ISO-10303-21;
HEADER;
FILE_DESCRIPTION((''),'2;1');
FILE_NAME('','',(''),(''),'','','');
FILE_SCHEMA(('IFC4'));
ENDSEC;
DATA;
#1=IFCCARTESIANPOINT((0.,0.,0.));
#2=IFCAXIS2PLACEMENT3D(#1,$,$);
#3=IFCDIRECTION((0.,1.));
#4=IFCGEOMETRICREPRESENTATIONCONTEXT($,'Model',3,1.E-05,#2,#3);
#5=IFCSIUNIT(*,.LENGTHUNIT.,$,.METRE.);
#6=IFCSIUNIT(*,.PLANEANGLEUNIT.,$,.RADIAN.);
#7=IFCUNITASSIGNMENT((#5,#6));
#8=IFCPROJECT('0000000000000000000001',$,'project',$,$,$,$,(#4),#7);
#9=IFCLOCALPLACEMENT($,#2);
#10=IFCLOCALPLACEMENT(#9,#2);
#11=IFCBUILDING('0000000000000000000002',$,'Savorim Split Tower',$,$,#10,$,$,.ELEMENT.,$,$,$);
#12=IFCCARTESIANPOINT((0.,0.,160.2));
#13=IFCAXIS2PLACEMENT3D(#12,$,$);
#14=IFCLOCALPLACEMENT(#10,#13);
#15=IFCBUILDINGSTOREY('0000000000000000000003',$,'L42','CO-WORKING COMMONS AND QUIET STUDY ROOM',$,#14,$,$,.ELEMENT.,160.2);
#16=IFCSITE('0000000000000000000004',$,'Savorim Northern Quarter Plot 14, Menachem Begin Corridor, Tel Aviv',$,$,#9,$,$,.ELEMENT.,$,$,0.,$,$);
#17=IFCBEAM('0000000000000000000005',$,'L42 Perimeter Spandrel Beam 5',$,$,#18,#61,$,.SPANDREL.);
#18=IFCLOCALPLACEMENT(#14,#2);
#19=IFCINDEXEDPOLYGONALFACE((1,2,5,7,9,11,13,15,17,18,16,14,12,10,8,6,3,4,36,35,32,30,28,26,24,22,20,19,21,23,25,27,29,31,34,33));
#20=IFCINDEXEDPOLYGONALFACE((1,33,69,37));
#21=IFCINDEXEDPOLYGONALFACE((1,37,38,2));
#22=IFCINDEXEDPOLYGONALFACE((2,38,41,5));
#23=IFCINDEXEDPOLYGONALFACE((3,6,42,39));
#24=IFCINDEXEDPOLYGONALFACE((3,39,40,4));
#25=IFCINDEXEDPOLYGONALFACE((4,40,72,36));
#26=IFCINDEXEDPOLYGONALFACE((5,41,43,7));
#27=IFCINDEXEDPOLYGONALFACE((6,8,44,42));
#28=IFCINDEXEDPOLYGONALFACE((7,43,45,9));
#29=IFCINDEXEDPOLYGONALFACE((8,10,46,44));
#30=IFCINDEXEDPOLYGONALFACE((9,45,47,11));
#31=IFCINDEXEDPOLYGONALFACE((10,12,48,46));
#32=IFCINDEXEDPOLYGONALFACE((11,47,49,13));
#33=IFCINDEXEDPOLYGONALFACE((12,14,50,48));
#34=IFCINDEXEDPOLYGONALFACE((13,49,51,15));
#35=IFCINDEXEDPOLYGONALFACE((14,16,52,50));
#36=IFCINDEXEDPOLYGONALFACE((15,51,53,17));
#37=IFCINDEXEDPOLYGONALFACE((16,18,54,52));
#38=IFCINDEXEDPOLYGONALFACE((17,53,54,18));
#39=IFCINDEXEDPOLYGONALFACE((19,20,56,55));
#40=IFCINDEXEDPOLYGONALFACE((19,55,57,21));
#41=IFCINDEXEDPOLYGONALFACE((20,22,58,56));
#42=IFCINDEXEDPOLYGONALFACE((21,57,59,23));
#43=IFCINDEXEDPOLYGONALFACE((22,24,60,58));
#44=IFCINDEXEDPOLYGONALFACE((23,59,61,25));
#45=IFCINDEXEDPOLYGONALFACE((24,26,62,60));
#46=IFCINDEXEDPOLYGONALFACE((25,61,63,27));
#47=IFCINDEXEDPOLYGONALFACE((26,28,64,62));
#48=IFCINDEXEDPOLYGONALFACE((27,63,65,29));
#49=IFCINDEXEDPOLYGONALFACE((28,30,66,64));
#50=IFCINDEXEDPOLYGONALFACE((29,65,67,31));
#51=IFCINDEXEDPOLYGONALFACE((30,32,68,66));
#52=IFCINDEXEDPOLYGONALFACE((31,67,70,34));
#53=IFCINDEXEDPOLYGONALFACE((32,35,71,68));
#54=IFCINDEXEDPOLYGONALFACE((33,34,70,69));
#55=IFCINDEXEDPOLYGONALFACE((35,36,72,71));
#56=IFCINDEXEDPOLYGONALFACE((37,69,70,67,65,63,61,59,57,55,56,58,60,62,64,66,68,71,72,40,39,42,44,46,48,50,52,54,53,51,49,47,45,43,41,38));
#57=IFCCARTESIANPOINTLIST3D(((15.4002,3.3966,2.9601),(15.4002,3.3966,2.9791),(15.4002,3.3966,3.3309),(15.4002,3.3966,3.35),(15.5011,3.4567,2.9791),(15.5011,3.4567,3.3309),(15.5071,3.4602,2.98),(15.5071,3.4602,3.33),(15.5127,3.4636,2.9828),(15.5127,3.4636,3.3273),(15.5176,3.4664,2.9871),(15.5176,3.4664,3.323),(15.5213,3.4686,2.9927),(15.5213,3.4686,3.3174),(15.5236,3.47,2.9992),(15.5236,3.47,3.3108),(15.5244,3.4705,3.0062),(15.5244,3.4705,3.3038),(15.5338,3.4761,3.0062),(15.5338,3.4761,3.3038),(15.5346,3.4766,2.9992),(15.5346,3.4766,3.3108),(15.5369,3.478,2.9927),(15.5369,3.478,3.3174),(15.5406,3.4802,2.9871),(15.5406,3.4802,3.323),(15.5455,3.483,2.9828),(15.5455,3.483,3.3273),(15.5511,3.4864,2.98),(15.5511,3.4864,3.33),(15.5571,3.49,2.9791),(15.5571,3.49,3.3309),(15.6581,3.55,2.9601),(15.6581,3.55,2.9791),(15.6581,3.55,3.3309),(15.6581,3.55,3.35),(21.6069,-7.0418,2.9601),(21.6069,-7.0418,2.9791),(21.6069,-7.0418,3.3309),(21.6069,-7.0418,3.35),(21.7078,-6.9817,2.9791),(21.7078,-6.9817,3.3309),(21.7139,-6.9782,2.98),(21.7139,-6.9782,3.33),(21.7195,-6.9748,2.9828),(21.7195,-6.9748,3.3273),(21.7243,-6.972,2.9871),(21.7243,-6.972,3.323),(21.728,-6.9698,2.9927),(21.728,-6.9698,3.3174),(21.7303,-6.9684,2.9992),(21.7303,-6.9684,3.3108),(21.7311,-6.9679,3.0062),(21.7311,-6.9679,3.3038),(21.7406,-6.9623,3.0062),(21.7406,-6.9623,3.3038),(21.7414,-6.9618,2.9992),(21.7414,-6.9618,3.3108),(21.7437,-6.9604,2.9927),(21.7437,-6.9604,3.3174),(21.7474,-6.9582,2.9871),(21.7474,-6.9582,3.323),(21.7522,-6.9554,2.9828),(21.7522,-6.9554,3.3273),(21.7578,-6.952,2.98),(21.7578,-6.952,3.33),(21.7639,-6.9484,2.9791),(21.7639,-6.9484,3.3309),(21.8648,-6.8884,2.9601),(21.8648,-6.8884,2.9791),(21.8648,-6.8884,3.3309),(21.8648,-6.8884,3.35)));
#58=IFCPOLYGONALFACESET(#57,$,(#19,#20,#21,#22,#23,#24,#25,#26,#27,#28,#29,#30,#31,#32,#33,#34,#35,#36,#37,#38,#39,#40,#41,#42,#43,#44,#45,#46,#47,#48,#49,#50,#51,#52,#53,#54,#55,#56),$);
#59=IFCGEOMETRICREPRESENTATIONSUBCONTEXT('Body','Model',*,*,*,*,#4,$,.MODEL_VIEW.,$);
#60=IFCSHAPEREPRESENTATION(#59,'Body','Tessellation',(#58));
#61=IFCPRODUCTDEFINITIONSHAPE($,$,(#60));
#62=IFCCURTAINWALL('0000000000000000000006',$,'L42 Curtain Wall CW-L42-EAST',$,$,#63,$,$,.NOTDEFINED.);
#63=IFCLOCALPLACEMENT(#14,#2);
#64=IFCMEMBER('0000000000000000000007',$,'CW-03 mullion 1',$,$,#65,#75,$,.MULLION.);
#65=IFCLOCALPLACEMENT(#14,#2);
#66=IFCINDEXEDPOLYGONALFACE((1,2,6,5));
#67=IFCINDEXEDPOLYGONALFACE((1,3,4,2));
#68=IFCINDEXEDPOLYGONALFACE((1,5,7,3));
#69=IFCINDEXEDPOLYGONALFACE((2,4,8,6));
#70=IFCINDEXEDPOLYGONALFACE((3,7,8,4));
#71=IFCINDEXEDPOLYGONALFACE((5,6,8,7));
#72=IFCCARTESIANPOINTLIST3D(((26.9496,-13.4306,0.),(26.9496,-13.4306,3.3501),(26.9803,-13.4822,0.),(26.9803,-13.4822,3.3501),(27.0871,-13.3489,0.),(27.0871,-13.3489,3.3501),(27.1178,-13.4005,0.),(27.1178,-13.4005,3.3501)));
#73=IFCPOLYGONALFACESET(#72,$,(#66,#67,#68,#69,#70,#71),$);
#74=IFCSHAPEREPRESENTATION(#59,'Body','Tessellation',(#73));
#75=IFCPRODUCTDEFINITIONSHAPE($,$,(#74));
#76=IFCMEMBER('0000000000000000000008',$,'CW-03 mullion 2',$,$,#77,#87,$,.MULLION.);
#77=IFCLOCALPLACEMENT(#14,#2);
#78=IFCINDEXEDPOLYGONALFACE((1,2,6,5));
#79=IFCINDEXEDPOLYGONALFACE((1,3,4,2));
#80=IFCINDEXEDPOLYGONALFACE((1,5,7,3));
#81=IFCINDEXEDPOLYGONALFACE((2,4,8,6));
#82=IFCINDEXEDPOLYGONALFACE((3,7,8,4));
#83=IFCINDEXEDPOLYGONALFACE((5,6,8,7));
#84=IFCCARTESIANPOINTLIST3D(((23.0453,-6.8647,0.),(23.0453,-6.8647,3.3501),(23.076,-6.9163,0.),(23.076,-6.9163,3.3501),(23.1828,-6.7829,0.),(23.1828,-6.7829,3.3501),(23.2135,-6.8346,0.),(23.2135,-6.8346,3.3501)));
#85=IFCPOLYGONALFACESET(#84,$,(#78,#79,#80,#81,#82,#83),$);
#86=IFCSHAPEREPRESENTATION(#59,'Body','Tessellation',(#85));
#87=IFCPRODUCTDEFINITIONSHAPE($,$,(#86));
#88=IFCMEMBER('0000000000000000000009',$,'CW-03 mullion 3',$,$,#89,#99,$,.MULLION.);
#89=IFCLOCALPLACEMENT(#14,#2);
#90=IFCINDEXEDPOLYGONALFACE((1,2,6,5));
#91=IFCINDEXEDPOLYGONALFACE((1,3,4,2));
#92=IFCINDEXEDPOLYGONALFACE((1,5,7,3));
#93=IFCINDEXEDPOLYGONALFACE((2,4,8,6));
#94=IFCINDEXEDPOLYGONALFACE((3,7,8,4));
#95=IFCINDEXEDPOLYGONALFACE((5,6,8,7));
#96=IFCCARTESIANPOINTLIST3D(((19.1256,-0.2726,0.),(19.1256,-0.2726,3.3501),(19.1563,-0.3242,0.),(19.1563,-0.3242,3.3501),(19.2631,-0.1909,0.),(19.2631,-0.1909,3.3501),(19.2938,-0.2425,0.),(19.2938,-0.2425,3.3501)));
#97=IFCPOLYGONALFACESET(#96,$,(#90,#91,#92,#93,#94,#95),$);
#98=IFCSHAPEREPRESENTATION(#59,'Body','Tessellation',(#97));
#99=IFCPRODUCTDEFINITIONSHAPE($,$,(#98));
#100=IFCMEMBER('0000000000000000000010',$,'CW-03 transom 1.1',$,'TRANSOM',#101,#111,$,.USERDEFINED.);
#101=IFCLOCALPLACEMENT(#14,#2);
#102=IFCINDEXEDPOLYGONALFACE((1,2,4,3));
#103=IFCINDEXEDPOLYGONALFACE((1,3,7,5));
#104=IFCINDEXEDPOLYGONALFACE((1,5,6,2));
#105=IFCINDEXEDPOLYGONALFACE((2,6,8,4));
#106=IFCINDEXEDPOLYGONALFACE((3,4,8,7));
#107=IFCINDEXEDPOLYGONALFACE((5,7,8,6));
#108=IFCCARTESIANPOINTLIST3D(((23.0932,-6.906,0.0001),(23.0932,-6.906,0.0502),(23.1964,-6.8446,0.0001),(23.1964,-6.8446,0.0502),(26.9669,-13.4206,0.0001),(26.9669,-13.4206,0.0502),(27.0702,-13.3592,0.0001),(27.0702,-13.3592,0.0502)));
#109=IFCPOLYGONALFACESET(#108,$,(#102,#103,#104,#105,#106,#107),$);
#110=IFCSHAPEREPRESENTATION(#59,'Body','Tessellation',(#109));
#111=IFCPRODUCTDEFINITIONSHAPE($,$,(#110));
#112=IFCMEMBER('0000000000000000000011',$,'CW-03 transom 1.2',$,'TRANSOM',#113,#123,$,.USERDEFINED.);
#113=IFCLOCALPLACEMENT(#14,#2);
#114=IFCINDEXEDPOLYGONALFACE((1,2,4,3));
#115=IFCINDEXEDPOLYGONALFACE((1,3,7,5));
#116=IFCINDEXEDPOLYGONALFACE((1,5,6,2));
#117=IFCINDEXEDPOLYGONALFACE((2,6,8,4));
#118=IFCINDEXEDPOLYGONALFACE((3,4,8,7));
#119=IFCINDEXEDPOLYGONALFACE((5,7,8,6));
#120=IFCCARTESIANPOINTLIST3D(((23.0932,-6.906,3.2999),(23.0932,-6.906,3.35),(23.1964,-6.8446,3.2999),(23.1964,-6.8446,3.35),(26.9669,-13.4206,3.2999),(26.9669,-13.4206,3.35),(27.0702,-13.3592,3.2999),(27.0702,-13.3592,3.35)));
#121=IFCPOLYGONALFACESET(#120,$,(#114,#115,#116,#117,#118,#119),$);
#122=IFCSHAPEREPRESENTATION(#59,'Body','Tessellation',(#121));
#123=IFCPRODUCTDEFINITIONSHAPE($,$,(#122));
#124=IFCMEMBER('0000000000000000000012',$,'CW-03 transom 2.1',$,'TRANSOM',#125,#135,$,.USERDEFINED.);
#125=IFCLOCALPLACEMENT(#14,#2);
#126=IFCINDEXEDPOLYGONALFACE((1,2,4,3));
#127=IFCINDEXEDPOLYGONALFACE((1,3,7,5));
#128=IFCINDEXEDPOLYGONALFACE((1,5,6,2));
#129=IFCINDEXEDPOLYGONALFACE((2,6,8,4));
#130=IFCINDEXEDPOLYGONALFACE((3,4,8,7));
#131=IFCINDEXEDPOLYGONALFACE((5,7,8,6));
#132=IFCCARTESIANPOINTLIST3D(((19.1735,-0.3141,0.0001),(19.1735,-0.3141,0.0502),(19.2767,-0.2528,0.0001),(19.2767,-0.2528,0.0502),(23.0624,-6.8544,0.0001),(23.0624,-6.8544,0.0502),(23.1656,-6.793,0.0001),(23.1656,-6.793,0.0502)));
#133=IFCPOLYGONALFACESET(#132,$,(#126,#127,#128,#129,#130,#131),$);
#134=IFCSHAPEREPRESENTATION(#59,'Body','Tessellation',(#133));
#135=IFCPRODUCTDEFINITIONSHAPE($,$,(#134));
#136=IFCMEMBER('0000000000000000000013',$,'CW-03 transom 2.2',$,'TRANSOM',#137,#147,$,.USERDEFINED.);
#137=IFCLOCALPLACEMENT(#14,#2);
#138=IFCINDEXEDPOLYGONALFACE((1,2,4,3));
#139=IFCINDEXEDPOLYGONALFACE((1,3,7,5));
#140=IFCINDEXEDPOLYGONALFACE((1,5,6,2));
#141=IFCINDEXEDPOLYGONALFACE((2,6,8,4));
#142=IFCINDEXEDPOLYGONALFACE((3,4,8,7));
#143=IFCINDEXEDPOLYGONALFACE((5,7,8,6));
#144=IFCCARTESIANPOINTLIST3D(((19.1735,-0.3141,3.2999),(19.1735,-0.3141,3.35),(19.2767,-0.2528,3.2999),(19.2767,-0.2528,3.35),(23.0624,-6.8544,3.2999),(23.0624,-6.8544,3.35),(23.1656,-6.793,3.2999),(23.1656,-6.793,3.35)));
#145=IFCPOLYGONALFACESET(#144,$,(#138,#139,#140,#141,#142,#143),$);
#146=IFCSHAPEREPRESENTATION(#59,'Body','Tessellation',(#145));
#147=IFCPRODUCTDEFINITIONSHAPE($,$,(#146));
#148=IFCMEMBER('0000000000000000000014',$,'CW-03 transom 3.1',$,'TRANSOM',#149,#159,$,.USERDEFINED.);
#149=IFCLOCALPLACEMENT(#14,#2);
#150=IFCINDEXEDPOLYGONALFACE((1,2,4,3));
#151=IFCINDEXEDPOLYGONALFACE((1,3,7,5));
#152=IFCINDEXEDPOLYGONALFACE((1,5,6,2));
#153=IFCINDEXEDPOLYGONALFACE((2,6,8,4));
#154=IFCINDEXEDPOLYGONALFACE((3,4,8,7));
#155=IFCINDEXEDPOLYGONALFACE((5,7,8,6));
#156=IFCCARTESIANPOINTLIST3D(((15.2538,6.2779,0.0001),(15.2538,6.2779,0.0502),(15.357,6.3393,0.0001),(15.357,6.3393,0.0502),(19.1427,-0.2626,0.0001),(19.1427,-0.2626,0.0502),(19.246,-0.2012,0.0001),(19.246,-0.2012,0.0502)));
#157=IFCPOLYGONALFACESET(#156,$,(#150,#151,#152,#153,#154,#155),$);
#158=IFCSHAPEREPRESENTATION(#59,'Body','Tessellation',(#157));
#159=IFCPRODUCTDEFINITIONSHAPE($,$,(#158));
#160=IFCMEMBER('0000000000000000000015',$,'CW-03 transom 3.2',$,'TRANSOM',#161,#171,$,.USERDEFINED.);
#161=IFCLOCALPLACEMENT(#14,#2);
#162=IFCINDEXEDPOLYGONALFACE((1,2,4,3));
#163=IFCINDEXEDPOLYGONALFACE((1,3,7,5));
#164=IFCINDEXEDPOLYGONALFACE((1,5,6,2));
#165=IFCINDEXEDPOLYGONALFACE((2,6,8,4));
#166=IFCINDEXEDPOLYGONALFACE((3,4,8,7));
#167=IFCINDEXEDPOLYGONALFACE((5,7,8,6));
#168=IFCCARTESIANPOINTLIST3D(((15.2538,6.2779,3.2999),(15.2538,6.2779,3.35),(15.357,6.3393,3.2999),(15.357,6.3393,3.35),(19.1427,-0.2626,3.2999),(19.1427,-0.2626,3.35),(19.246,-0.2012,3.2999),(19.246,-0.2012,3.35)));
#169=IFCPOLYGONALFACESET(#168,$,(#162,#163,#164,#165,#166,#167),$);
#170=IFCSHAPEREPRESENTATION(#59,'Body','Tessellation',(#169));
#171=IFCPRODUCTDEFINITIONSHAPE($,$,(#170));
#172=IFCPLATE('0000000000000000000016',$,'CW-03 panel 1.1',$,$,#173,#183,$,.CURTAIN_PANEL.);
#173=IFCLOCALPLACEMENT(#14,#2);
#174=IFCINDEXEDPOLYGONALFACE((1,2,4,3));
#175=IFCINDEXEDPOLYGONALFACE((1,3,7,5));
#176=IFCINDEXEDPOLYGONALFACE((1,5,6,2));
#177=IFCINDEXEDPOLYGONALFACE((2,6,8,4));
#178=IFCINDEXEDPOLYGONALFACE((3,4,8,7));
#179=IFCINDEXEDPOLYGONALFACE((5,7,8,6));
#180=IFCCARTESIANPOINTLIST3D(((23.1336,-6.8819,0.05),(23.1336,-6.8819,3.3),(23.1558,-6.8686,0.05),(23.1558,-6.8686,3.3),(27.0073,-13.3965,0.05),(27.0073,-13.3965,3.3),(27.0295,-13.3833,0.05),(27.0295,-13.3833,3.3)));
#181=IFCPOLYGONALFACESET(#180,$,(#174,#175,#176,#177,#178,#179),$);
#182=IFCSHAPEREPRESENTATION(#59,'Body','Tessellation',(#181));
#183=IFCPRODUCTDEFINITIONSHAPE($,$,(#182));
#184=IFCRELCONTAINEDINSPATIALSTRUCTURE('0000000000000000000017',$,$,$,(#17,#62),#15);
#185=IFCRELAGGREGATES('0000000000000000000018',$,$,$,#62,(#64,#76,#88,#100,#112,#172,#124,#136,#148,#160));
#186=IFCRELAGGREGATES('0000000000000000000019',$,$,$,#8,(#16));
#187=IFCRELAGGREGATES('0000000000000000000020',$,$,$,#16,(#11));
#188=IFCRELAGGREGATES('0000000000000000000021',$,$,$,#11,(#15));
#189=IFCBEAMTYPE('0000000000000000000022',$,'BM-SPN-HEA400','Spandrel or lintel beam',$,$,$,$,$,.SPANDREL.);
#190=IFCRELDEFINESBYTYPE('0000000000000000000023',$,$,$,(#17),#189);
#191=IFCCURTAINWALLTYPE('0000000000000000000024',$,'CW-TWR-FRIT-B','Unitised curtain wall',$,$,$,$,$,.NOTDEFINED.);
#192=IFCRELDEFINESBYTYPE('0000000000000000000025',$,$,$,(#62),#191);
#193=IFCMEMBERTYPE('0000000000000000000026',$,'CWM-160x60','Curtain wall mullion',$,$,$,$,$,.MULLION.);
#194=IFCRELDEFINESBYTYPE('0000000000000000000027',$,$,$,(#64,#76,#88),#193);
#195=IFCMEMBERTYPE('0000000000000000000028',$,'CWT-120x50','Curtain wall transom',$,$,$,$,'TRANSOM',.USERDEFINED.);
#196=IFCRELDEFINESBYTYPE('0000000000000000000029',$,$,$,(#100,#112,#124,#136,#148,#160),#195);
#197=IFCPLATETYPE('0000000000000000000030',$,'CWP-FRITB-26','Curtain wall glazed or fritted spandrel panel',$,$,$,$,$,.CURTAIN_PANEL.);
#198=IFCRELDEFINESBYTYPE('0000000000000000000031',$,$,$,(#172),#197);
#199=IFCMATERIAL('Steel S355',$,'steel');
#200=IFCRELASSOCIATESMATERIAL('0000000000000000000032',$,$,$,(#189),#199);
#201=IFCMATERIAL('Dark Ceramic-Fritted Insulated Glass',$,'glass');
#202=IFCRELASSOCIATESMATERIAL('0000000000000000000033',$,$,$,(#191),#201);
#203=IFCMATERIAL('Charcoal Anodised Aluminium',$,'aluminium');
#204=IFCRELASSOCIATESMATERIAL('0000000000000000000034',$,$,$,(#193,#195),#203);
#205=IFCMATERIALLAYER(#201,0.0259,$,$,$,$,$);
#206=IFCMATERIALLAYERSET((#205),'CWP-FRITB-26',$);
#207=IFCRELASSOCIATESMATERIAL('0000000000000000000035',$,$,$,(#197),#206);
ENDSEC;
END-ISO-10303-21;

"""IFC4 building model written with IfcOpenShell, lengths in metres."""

from ifc_helpers import new_model, si_unit, direction, frame, origin, origin_2d, place, context, subcontext, project, spatial, rectangle, i_section, extrude, material, layer, layer_set, material_profile, profile_set, type_object, element, aggregate, save


model = new_model("IFC4")

# Units and contexts
model_context = context("Model", 3, precision=1e-05, world=origin(), true_north=direction((0.0, 1.0)))
body_context = subcontext(model_context, "Body", "Model", "MODEL_VIEW")
ifc_project = project(units=[si_unit("LENGTHUNIT", "METRE"), si_unit("PLANEANGLEUNIT", "RADIAN")], contexts=[model_context])

# Site, building, storey
site_placement = place(None, origin())
site = spatial("IfcSite", under=ifc_project, at=site_placement, Name="Savorim Northern Quarter Plot 14, Menachem Begin Corridor, Tel Aviv", CompositionType="ELEMENT", RefElevation=0.0)
building_placement = place(site_placement, origin())
building = spatial("IfcBuilding", under=site, at=building_placement, Name="Savorim Split Tower", CompositionType="ELEMENT")
storey_placement = place(building_placement, frame((0.0, 0.0, 160.2)))
storey = spatial("IfcBuildingStorey", under=building, at=storey_placement, Name="L42", Description="CO-WORKING COMMONS AND QUIET STUDY ROOM", CompositionType="ELEMENT", Elevation=160.2)

# Beam
ifc_material_1 = material(Name="Steel S355", Category="steel")
ifc_material_profile_1 = material_profile(ifc_material_1, i_section(OverallWidth=0.3, OverallDepth=0.3899, WebThickness=0.011, FlangeThickness=0.019, FilletRadius=0.0271, at=origin_2d()), Name="HEA 400")
ifc_profile_set_1 = profile_set([ifc_material_profile_1], Name="Steel S355")
beam_type_1 = type_object("IfcBeamType", Name="BM-SPN-HEA400", Description="Spandrel or lintel beam", PredefinedType="SPANDREL", material=ifc_profile_set_1)
beam_1_placement = place(storey_placement, frame((21.7358, -6.9651, 3.155), z_axis=(-0.511083, 0.859531, 0.0), x_axis=(-0.859531, -0.511083, 0.0)))
element("IfcBeam", 1, at=beam_1_placement, inside=storey, type_object=beam_type_1, Name="L42 Perimeter Spandrel Beam 5", PredefinedType="SPANDREL", context=body_context, shape_type="SweptSolid", body=[
    extrude(i_section(OverallWidth=0.3, OverallDepth=0.3899, WebThickness=0.011, FlangeThickness=0.019, FilletRadius=0.0271, at=origin_2d()), origin(), (0.0, 0.0, 1.0), 12.1443),
])

# Curtain wall, members, plate
ifc_material_2 = material(Name="Dark Ceramic-Fritted Insulated Glass", Category="glass")
curtain_wall_type = type_object("IfcCurtainWallType", Name="CW-TWR-FRIT-B", Description="Unitised curtain wall", PredefinedType="NOTDEFINED", material=ifc_material_2)
curtain_wall_placement = place(storey_placement, origin())
curtain_wall = element("IfcCurtainWall", 2, at=curtain_wall_placement, inside=storey, type_object=curtain_wall_type, Name="L42 Curtain Wall CW-L42-EAST", PredefinedType="NOTDEFINED")
ifc_material_3 = material(Name="Charcoal Anodised Aluminium", Category="aluminium")
ifc_material_profile_2 = material_profile(ifc_material_3, rectangle(XDim=0.1599, YDim=0.0601, at=origin_2d()), Name="ALU-M 160x60")
ifc_profile_set_2 = profile_set([ifc_material_profile_2], Name="Charcoal Anodised Aluminium")
member_type_1 = type_object("IfcMemberType", Name="CWM-160x60", Description="Curtain wall mullion", PredefinedType="MULLION", material=ifc_profile_set_2)
member_1_placement = place(storey_placement, frame((27.0337, -13.4155, 0.0), z_axis=(0.0, 0.0, 1.0), x_axis=(-0.859526, -0.511091, 0.0)))
member_1 = element("IfcMember", 3, at=member_1_placement, type_object=member_type_1, Name="CW-03 mullion 1", PredefinedType="MULLION", context=body_context, shape_type="SweptSolid", body=[
    extrude(rectangle(XDim=0.1599, YDim=0.0601, at=origin_2d()), origin(), (0.0, 0.0, 1.0), 3.3501),
])
member_2_placement = place(storey_placement, frame((23.1294, -6.8496, 0.0), z_axis=(0.0, 0.0, 1.0), x_axis=(-0.859526, -0.511091, 0.0)))
member_2 = element("IfcMember", 4, at=member_2_placement, type_object=member_type_1, Name="CW-03 mullion 2", PredefinedType="MULLION", context=body_context, shape_type="SweptSolid", body=[
    extrude(rectangle(XDim=0.1599, YDim=0.0601, at=origin_2d()), origin(), (0.0, 0.0, 1.0), 3.3501),
])
member_3_placement = place(storey_placement, frame((19.2097, -0.2576, 0.0), z_axis=(0.0, 0.0, 1.0), x_axis=(-0.859526, -0.511091, 0.0)))
member_3 = element("IfcMember", 5, at=member_3_placement, type_object=member_type_1, Name="CW-03 mullion 3", PredefinedType="MULLION", context=body_context, shape_type="SweptSolid", body=[
    extrude(rectangle(XDim=0.1599, YDim=0.0601, at=origin_2d()), origin(), (0.0, 0.0, 1.0), 3.3501),
])
ifc_material_profile_3 = material_profile(ifc_material_3, rectangle(XDim=0.1201, YDim=0.05, at=origin_2d()), Name="ALU-T 120x50")
ifc_profile_set_3 = profile_set([ifc_material_profile_3], Name="Charcoal Anodised Aluminium")
member_type_2 = type_object("IfcMemberType", Name="CWT-120x50", Description="Curtain wall transom", ElementType="TRANSOM", PredefinedType="USERDEFINED", material=ifc_profile_set_3)
member_4_placement = place(storey_placement, frame((27.0186, -13.3899, 0.0251), z_axis=(-0.511095, 0.859524, 0.0), x_axis=(-0.859524, -0.511095, 0.0)))
member_4 = element("IfcMember", 6, at=member_4_placement, type_object=member_type_2, Name="CW-03 transom 1.1", ObjectType="TRANSOM", PredefinedType="USERDEFINED", context=body_context, shape_type="SweptSolid", body=[
    extrude(rectangle(XDim=0.1201, YDim=0.05, at=origin_2d()), origin(), (0.0, 0.0, 1.0), 7.5793),
])
member_5_placement = place(storey_placement, frame((27.0186, -13.3899, 3.325), z_axis=(-0.511095, 0.859524, 0.0), x_axis=(-0.859524, -0.511095, 0.0)))
member_5 = element("IfcMember", 7, at=member_5_placement, type_object=member_type_2, Name="CW-03 transom 1.2", ObjectType="TRANSOM", PredefinedType="USERDEFINED", context=body_context, shape_type="SweptSolid", body=[
    extrude(rectangle(XDim=0.1201, YDim=0.05, at=origin_2d()), origin(), (0.0, 0.0, 1.0), 7.5793),
])
member_6_placement = place(storey_placement, frame((23.114, -6.8237, 0.0251), z_axis=(-0.511085, 0.85953, 0.0), x_axis=(-0.85953, -0.511085, 0.0)))
member_6 = element("IfcMember", 8, at=member_6_placement, type_object=member_type_2, Name="CW-03 transom 2.1", ObjectType="TRANSOM", PredefinedType="USERDEFINED", context=body_context, shape_type="SweptSolid", body=[
    extrude(rectangle(XDim=0.1201, YDim=0.05, at=origin_2d()), origin(), (0.0, 0.0, 1.0), 7.6091),
])
member_7_placement = place(storey_placement, frame((23.114, -6.8237, 3.325), z_axis=(-0.511085, 0.85953, 0.0), x_axis=(-0.85953, -0.511085, 0.0)))
member_7 = element("IfcMember", 9, at=member_7_placement, type_object=member_type_2, Name="CW-03 transom 2.2", ObjectType="TRANSOM", PredefinedType="USERDEFINED", context=body_context, shape_type="SweptSolid", body=[
    extrude(rectangle(XDim=0.1201, YDim=0.05, at=origin_2d()), origin(), (0.0, 0.0, 1.0), 7.6091),
])
member_8_placement = place(storey_placement, frame((19.1943, -0.2319, 0.0251), z_axis=(-0.511071, 0.859539, 0.0), x_axis=(-0.859539, -0.511071, 0.0)))
member_8 = element("IfcMember", 10, at=member_8_placement, type_object=member_type_2, Name="CW-03 transom 3.1", ObjectType="TRANSOM", PredefinedType="USERDEFINED", context=body_context, shape_type="SweptSolid", body=[
    extrude(rectangle(XDim=0.1201, YDim=0.05, at=origin_2d()), origin(), (0.0, 0.0, 1.0), 7.6094),
])
member_9_placement = place(storey_placement, frame((19.1943, -0.2319, 3.325), z_axis=(-0.511071, 0.859539, 0.0), x_axis=(-0.859539, -0.511071, 0.0)))
member_9 = element("IfcMember", 11, at=member_9_placement, type_object=member_type_2, Name="CW-03 transom 3.2", ObjectType="TRANSOM", PredefinedType="USERDEFINED", context=body_context, shape_type="SweptSolid", body=[
    extrude(rectangle(XDim=0.1201, YDim=0.05, at=origin_2d()), origin(), (0.0, 0.0, 1.0), 7.6094),
])
ifc_layer_1 = layer(ifc_material_2, 0.0259)
ifc_layer_set_1 = layer_set([ifc_layer_1], Name="CWP-FRITB-26")
plate_type = type_object("IfcPlateType", Name="CWP-FRITB-26", Description="Curtain wall glazed or fritted spandrel panel", PredefinedType="CURTAIN_PANEL", material=ifc_layer_set_1)
plate_1_placement = place(storey_placement, frame((25.0815, -10.1326, 0.05), z_axis=(0.0, 0.0, 1.0), x_axis=(-0.511091, 0.859526, 0.0)))
plate_1 = element("IfcPlate", 12, at=plate_1_placement, type_object=plate_type, Name="CW-03 panel 1.1", PredefinedType="CURTAIN_PANEL", context=body_context, shape_type="SweptSolid", body=[
    extrude(rectangle(XDim=7.5793, YDim=0.0259, at=origin_2d()), origin(), (0.0, 0.0, 1.0), 3.25),
])
aggregate(curtain_wall, [member_1, member_2, member_3, member_4, member_5, plate_1, member_6, member_7, member_8, member_9])

save(model, "model.ifc")
